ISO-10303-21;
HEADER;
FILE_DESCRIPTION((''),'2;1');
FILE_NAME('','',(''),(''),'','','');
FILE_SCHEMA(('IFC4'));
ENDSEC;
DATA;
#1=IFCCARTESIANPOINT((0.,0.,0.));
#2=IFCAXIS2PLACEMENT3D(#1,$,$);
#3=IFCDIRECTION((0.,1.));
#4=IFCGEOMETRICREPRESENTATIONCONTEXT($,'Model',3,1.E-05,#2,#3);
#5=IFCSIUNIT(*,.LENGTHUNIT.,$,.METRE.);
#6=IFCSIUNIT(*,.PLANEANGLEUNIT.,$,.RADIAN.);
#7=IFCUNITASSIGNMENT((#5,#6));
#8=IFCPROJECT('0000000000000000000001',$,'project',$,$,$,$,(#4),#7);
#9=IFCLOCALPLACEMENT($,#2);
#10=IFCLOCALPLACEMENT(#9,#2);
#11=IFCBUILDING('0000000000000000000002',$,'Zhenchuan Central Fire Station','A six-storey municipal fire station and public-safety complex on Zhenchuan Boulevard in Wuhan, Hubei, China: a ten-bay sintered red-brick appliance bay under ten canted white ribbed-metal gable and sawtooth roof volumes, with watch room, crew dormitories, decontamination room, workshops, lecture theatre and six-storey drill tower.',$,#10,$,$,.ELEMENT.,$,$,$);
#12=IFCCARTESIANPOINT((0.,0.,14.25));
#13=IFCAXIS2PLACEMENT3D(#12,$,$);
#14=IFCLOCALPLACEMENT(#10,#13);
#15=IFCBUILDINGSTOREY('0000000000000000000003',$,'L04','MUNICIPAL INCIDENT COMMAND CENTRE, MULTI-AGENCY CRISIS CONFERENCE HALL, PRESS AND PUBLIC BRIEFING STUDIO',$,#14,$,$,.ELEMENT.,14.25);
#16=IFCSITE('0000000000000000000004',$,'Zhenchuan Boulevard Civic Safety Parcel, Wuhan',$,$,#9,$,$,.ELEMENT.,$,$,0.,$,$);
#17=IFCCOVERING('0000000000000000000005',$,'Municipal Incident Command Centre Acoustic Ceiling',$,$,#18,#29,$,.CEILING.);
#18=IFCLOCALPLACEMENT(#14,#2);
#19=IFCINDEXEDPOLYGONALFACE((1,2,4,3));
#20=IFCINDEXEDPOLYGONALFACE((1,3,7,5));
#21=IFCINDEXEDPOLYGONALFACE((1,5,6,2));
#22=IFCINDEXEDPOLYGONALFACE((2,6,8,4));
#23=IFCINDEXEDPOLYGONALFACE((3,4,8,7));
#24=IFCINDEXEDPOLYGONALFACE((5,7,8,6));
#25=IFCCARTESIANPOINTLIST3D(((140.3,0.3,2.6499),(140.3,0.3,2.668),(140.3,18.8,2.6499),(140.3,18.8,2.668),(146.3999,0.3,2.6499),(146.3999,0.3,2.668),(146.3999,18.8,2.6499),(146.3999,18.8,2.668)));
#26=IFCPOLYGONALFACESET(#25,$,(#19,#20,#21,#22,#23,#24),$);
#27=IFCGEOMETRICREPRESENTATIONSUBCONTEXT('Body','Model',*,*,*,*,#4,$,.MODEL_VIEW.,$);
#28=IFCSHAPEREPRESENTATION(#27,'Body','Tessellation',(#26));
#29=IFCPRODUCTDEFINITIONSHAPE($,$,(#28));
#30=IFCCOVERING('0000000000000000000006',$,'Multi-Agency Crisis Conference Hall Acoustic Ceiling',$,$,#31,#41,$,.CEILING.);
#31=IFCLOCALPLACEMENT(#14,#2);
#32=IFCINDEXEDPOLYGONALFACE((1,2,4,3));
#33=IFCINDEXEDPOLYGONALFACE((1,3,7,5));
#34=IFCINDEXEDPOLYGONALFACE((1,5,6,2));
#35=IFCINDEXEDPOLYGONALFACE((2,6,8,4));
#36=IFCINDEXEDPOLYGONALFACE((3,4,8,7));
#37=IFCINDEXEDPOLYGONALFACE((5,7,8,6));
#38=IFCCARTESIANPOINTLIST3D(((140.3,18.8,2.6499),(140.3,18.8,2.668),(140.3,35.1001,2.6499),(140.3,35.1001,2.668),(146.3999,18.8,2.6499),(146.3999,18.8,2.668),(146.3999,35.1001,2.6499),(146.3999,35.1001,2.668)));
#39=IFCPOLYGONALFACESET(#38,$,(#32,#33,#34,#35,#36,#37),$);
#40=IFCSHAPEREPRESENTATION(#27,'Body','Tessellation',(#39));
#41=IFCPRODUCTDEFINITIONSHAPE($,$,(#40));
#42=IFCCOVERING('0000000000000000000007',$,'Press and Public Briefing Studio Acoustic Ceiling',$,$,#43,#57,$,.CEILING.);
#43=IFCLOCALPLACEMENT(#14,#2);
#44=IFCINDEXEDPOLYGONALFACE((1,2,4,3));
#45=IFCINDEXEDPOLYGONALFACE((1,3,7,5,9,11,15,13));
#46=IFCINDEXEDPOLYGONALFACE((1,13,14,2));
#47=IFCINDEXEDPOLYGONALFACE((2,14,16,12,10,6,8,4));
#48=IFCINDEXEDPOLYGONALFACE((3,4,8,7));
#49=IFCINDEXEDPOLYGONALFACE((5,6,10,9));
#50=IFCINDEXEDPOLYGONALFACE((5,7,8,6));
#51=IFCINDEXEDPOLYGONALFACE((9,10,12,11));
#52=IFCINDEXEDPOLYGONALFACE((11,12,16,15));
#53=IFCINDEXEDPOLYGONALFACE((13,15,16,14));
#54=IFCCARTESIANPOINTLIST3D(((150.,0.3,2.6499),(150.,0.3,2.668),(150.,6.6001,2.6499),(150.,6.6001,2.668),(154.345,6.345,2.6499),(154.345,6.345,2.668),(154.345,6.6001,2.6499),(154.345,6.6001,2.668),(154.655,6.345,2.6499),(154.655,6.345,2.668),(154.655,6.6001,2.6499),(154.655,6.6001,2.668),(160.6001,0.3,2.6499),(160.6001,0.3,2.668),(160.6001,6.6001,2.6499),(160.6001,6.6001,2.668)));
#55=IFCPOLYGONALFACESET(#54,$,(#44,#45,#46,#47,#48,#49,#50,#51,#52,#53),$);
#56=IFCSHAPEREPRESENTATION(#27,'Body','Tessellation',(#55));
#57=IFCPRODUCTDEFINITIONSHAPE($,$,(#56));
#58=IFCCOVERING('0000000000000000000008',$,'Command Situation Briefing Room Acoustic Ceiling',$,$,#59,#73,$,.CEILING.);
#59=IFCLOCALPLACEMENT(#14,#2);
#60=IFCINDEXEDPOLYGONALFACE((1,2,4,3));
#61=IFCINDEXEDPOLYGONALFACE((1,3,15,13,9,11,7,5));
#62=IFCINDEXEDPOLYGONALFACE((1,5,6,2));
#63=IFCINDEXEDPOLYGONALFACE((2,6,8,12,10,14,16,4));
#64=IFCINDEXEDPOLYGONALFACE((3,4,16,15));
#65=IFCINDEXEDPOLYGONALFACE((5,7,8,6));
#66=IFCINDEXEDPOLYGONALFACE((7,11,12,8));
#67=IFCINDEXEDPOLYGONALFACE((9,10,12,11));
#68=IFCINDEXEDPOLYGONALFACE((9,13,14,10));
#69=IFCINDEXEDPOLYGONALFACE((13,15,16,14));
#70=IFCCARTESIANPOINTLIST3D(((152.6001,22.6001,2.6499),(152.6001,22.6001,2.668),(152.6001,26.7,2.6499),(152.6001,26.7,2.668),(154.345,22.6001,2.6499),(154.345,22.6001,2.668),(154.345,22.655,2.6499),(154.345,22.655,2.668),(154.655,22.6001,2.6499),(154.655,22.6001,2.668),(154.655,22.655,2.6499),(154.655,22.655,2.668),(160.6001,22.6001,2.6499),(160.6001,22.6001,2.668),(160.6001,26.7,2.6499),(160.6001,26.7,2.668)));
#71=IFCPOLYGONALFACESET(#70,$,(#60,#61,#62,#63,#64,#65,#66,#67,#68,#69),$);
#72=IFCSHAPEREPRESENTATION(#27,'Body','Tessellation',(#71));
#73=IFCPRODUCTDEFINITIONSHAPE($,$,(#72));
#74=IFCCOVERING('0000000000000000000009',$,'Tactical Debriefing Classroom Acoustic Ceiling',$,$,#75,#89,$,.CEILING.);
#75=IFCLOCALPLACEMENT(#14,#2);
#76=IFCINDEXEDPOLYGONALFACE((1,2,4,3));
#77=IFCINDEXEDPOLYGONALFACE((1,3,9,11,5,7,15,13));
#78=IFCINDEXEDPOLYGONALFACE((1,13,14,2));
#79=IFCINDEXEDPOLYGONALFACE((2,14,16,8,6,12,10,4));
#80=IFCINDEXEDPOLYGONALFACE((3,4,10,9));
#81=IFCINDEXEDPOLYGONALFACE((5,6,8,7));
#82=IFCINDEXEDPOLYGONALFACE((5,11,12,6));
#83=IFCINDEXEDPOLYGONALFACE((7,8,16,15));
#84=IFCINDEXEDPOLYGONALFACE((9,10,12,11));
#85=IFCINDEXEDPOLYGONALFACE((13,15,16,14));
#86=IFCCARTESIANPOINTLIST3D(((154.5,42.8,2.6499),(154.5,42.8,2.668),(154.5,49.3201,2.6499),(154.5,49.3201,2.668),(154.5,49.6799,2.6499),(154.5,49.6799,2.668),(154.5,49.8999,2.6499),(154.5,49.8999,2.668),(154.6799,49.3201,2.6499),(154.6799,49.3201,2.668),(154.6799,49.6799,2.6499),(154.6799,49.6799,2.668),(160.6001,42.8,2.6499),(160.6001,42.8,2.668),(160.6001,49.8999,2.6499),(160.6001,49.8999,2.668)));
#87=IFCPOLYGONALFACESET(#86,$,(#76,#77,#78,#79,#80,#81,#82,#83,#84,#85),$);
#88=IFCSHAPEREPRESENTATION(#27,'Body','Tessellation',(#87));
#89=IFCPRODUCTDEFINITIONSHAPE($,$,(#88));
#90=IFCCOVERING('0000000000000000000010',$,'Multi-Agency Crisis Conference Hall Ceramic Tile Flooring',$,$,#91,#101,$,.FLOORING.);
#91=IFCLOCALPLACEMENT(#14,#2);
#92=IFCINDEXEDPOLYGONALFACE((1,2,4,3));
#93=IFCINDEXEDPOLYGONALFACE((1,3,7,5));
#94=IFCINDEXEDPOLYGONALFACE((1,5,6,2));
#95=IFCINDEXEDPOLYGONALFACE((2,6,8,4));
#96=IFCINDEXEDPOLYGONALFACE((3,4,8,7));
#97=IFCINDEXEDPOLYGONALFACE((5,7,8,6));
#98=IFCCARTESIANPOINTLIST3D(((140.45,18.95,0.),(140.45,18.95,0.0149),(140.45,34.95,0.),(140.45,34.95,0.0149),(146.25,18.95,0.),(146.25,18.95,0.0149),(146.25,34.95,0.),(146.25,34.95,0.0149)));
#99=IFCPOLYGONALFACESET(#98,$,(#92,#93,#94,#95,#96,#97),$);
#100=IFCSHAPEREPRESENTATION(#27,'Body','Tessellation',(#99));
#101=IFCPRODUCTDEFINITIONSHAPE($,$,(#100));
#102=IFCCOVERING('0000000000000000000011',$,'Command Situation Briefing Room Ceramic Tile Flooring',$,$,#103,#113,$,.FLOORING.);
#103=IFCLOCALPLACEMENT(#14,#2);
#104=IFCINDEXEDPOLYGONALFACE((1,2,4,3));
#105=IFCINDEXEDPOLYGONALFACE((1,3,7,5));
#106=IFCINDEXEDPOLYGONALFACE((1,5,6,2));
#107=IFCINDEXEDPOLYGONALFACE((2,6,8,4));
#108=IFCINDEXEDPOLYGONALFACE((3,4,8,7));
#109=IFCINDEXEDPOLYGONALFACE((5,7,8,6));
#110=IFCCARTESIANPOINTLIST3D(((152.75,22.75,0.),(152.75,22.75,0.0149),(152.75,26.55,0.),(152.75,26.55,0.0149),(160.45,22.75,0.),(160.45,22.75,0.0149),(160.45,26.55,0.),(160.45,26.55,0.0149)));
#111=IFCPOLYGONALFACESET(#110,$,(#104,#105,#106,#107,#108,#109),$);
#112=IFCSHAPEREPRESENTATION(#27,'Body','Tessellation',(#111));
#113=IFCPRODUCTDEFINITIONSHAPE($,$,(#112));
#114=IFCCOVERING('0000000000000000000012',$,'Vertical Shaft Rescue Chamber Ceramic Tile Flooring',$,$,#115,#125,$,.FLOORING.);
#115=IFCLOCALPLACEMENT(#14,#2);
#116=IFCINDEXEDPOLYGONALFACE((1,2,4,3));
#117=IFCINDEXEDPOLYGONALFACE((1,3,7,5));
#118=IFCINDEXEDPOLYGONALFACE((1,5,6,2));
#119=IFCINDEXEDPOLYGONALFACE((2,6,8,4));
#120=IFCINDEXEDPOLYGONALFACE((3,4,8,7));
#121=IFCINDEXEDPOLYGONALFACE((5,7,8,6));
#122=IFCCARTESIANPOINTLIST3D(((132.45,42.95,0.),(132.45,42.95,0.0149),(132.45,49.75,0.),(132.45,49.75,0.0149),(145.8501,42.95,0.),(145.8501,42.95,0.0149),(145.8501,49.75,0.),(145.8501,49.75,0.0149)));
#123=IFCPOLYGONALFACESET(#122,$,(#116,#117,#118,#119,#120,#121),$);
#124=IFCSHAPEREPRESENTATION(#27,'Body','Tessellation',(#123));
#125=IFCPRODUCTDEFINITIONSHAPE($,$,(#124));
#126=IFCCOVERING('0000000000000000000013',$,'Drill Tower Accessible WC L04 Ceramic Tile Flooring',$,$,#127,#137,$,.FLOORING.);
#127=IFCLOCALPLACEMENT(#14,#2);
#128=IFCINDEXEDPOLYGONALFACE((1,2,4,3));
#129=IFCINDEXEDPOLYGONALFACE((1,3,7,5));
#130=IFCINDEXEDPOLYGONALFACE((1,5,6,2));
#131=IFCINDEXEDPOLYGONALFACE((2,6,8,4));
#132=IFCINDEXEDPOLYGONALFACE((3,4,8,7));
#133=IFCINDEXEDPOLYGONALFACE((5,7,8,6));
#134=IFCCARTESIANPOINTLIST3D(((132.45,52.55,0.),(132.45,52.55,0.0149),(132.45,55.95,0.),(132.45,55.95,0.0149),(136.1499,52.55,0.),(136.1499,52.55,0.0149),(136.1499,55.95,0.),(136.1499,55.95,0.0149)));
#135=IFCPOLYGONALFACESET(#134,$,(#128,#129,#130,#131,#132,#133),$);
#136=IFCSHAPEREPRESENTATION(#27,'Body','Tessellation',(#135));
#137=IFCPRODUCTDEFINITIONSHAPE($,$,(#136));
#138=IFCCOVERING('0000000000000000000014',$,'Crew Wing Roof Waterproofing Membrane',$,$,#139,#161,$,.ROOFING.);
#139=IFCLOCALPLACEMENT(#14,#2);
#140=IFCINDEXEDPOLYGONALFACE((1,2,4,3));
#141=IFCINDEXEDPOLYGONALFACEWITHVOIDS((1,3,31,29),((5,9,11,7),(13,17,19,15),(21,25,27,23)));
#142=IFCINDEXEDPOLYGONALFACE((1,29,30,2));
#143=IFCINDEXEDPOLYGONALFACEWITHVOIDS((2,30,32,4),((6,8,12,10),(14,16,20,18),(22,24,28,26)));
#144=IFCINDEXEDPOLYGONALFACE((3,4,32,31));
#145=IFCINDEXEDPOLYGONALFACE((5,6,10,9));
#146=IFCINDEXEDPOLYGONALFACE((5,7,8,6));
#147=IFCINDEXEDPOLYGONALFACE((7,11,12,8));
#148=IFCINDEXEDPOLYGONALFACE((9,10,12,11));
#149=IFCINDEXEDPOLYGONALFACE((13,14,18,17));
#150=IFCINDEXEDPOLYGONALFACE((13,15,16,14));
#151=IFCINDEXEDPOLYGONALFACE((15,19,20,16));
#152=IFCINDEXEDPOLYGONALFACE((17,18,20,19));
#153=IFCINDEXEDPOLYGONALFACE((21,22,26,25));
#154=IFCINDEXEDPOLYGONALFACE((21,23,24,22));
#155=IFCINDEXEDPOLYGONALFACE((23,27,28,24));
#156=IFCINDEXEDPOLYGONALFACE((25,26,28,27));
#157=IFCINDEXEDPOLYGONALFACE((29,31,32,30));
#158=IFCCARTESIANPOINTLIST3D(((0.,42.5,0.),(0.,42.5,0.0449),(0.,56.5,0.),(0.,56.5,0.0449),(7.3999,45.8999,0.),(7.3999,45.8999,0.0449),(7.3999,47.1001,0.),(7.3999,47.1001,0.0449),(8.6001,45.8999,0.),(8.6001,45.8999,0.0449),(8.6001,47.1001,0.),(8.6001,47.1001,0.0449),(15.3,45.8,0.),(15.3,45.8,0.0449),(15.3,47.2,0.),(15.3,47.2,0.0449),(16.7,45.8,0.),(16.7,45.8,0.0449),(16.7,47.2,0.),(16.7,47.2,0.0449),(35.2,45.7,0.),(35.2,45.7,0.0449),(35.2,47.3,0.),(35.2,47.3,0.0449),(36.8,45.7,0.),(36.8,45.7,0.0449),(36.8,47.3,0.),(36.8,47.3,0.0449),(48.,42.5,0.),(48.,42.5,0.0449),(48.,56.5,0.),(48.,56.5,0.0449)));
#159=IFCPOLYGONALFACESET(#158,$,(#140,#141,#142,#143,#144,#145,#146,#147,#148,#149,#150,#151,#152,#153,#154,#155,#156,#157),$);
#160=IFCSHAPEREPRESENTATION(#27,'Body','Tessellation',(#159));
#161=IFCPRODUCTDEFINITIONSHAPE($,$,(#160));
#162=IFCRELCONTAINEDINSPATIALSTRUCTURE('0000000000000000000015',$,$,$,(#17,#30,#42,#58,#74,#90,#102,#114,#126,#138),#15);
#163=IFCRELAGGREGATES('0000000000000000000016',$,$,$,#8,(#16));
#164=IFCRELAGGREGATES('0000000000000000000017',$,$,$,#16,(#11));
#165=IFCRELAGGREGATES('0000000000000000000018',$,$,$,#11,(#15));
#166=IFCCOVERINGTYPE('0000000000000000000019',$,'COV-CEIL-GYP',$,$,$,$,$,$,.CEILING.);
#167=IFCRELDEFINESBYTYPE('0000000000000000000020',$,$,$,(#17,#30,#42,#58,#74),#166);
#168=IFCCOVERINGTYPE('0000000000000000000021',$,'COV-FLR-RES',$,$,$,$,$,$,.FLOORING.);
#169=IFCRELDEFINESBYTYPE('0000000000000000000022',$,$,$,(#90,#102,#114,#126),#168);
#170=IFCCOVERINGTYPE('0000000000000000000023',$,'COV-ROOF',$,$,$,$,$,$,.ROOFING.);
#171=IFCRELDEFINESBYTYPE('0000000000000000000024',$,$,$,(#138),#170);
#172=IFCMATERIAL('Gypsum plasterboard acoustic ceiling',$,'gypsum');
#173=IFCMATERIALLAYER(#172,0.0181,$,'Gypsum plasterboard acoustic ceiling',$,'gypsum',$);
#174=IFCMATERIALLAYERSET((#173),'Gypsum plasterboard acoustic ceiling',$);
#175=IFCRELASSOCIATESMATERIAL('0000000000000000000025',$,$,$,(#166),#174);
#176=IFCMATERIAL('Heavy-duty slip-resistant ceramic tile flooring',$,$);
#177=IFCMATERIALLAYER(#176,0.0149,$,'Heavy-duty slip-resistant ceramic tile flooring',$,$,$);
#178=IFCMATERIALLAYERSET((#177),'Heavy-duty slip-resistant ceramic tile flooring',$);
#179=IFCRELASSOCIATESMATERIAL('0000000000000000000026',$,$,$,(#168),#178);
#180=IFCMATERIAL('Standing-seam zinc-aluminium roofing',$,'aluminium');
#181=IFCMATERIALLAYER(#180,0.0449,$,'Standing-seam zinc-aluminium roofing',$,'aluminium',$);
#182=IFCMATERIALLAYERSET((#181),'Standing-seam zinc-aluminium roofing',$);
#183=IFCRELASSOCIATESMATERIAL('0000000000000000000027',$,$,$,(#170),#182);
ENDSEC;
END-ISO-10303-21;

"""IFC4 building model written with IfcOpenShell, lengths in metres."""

from ifc_helpers import new_model, si_unit, direction, frame, origin, place, context, subcontext, project, spatial, polyline, outline, extrude, material, layer, layer_set, type_object, element, save


model = new_model("IFC4")

# Units and contexts
model_context = context("Model", 3, precision=1e-05, world=origin(), true_north=direction((0.0, 1.0)))
body_context = subcontext(model_context, "Body", "Model", "MODEL_VIEW")
ifc_project = project(units=[si_unit("LENGTHUNIT", "METRE"), si_unit("PLANEANGLEUNIT", "RADIAN")], contexts=[model_context])

# Site, building, storey
site_placement = place(None, origin())
site = spatial("IfcSite", under=ifc_project, at=site_placement, Name="Zhenchuan Boulevard Civic Safety Parcel, Wuhan", CompositionType="ELEMENT", RefElevation=0.0)
building_placement = place(site_placement, origin())
building = spatial("IfcBuilding", under=site, at=building_placement, Name="Zhenchuan Central Fire Station", Description="A six-storey municipal fire station and public-safety complex on Zhenchuan Boulevard in Wuhan, Hubei, China: a ten-bay sintered red-brick appliance bay under ten canted white ribbed-metal gable and sawtooth roof volumes, with watch room, crew dormitories, decontamination room, workshops, lecture theatre and six-storey drill tower.", CompositionType="ELEMENT")
storey_placement = place(building_placement, frame((0.0, 0.0, 14.25)))
storey = spatial("IfcBuildingStorey", under=building, at=storey_placement, Name="L04", Description="MUNICIPAL INCIDENT COMMAND CENTRE, MULTI-AGENCY CRISIS CONFERENCE HALL, PRESS AND PUBLIC BRIEFING STUDIO", CompositionType="ELEMENT", Elevation=14.25)

# Coverings
ifc_material_1 = material(Name="Gypsum plasterboard acoustic ceiling", Category="gypsum")
ifc_layer_1 = layer(ifc_material_1, 0.0181, Name="Gypsum plasterboard acoustic ceiling", Category="gypsum")
ifc_layer_set_1 = layer_set([ifc_layer_1], Name="Gypsum plasterboard acoustic ceiling")
covering_type_1 = type_object("IfcCoveringType", Name="COV-CEIL-GYP", PredefinedType="CEILING", material=ifc_layer_set_1)
covering_1_placement = place(storey_placement, frame((0.0, 0.0, 2.6499)))
element("IfcCovering", 1, at=covering_1_placement, inside=storey, type_object=covering_type_1, Name="Municipal Incident Command Centre Acoustic Ceiling", PredefinedType="CEILING", context=body_context, shape_type="SweptSolid", body=[
    extrude(outline(polyline([(140.3, 0.3), (140.3, 18.8), (146.3999, 18.8), (146.3999, 0.3), (140.3, 0.3)])), origin(), (0.0, 0.0, 1.0), 0.0181),
])
covering_2_placement = place(storey_placement, frame((0.0, 0.0, 2.6499)))
element("IfcCovering", 2, at=covering_2_placement, inside=storey, type_object=covering_type_1, Name="Multi-Agency Crisis Conference Hall Acoustic Ceiling", PredefinedType="CEILING", context=body_context, shape_type="SweptSolid", body=[
    extrude(outline(polyline([(140.3, 18.8), (140.3, 35.1001), (146.3999, 35.1001), (146.3999, 18.8), (140.3, 18.8)])), origin(), (0.0, 0.0, 1.0), 0.0181),
])
covering_3_placement = place(storey_placement, frame((0.0, 0.0, 2.6499)))
element("IfcCovering", 3, at=covering_3_placement, inside=storey, type_object=covering_type_1, Name="Press and Public Briefing Studio Acoustic Ceiling", PredefinedType="CEILING", context=body_context, shape_type="SweptSolid", body=[
    extrude(outline(polyline([(160.6001, 6.6001), (160.6001, 0.3), (150.0, 0.3), (150.0, 6.6001), (154.345, 6.6001), (154.345, 6.345), (154.655, 6.345), (154.655, 6.6001), (160.6001, 6.6001)])), origin(), (0.0, 0.0, 1.0), 0.0181),
])
covering_4_placement = place(storey_placement, frame((0.0, 0.0, 2.6499)))
element("IfcCovering", 4, at=covering_4_placement, inside=storey, type_object=covering_type_1, Name="Command Situation Briefing Room Acoustic Ceiling", PredefinedType="CEILING", context=body_context, shape_type="SweptSolid", body=[
    extrude(outline(polyline([(152.6001, 22.6001), (152.6001, 26.7), (160.6001, 26.7), (160.6001, 22.6001), (154.655, 22.6001), (154.655, 22.655), (154.345, 22.655), (154.345, 22.6001), (152.6001, 22.6001)])), origin(), (0.0, 0.0, 1.0), 0.0181),
])
covering_5_placement = place(storey_placement, frame((0.0, 0.0, 2.6499)))
element("IfcCovering", 5, at=covering_5_placement, inside=storey, type_object=covering_type_1, Name="Tactical Debriefing Classroom Acoustic Ceiling", PredefinedType="CEILING", context=body_context, shape_type="SweptSolid", body=[
    extrude(outline(polyline([(154.5, 49.8999), (160.6001, 49.8999), (160.6001, 42.8), (154.5, 42.8), (154.5, 49.3201), (154.6799, 49.3201), (154.6799, 49.6799), (154.5, 49.6799), (154.5, 49.8999)])), origin(), (0.0, 0.0, 1.0), 0.0181),
])
ifc_material_2 = material(Name="Heavy-duty slip-resistant ceramic tile flooring")
ifc_layer_2 = layer(ifc_material_2, 0.0149, Name="Heavy-duty slip-resistant ceramic tile flooring")
ifc_layer_set_2 = layer_set([ifc_layer_2], Name="Heavy-duty slip-resistant ceramic tile flooring")
covering_type_2 = type_object("IfcCoveringType", Name="COV-FLR-RES", PredefinedType="FLOORING", material=ifc_layer_set_2)
covering_6_placement = place(storey_placement, origin())
element("IfcCovering", 6, at=covering_6_placement, inside=storey, type_object=covering_type_2, Name="Multi-Agency Crisis Conference Hall Ceramic Tile Flooring", PredefinedType="FLOORING", context=body_context, shape_type="SweptSolid", body=[
    extrude(outline(polyline([(140.45, 18.95), (146.25, 18.95), (146.25, 34.95), (140.45, 34.95), (140.45, 18.95)])), origin(), (0.0, 0.0, 1.0), 0.0149),
])
covering_7_placement = place(storey_placement, origin())
element("IfcCovering", 7, at=covering_7_placement, inside=storey, type_object=covering_type_2, Name="Command Situation Briefing Room Ceramic Tile Flooring", PredefinedType="FLOORING", context=body_context, shape_type="SweptSolid", body=[
    extrude(outline(polyline([(152.75, 22.75), (160.45, 22.75), (160.45, 26.55), (152.75, 26.55), (152.75, 22.75)])), origin(), (0.0, 0.0, 1.0), 0.0149),
])
covering_8_placement = place(storey_placement, origin())
element("IfcCovering", 8, at=covering_8_placement, inside=storey, type_object=covering_type_2, Name="Vertical Shaft Rescue Chamber Ceramic Tile Flooring", PredefinedType="FLOORING", context=body_context, shape_type="SweptSolid", body=[
    extrude(outline(polyline([(132.45, 42.95), (145.8501, 42.95), (145.8501, 49.75), (132.45, 49.75), (132.45, 42.95)])), origin(), (0.0, 0.0, 1.0), 0.0149),
])
covering_9_placement = place(storey_placement, origin())
element("IfcCovering", 9, at=covering_9_placement, inside=storey, type_object=covering_type_2, Name="Drill Tower Accessible WC L04 Ceramic Tile Flooring", PredefinedType="FLOORING", context=body_context, shape_type="SweptSolid", body=[
    extrude(outline(polyline([(132.45, 52.55), (136.1499, 52.55), (136.1499, 55.95), (132.45, 55.95), (132.45, 52.55)])), origin(), (0.0, 0.0, 1.0), 0.0149),
])
ifc_material_3 = material(Name="Standing-seam zinc-aluminium roofing", Category="aluminium")
ifc_layer_3 = layer(ifc_material_3, 0.0449, Name="Standing-seam zinc-aluminium roofing", Category="aluminium")
ifc_layer_set_3 = layer_set([ifc_layer_3], Name="Standing-seam zinc-aluminium roofing")
covering_type_3 = type_object("IfcCoveringType", Name="COV-ROOF", PredefinedType="ROOFING", material=ifc_layer_set_3)
covering_10_placement = place(storey_placement, origin())
element("IfcCovering", 10, at=covering_10_placement, inside=storey, type_object=covering_type_3, Name="Crew Wing Roof Waterproofing Membrane", PredefinedType="ROOFING", context=body_context, shape_type="SweptSolid", body=[
    extrude(outline(polyline([(0.0, 42.5), (48.0, 42.5), (48.0, 56.5), (0.0, 56.5), (0.0, 42.5)]), holes=[polyline([(7.3999, 45.8999), (8.6001, 45.8999), (8.6001, 47.1001), (7.3999, 47.1001), (7.3999, 45.8999)]), polyline([(15.3, 45.8), (16.7, 45.8), (16.7, 47.2), (15.3, 47.2), (15.3, 45.8)]), polyline([(35.2, 45.7), (36.8, 45.7), (36.8, 47.3), (35.2, 47.3), (35.2, 45.7)])]), origin(), (0.0, 0.0, 1.0), 0.0449),
])

save(model, "model.ifc")
